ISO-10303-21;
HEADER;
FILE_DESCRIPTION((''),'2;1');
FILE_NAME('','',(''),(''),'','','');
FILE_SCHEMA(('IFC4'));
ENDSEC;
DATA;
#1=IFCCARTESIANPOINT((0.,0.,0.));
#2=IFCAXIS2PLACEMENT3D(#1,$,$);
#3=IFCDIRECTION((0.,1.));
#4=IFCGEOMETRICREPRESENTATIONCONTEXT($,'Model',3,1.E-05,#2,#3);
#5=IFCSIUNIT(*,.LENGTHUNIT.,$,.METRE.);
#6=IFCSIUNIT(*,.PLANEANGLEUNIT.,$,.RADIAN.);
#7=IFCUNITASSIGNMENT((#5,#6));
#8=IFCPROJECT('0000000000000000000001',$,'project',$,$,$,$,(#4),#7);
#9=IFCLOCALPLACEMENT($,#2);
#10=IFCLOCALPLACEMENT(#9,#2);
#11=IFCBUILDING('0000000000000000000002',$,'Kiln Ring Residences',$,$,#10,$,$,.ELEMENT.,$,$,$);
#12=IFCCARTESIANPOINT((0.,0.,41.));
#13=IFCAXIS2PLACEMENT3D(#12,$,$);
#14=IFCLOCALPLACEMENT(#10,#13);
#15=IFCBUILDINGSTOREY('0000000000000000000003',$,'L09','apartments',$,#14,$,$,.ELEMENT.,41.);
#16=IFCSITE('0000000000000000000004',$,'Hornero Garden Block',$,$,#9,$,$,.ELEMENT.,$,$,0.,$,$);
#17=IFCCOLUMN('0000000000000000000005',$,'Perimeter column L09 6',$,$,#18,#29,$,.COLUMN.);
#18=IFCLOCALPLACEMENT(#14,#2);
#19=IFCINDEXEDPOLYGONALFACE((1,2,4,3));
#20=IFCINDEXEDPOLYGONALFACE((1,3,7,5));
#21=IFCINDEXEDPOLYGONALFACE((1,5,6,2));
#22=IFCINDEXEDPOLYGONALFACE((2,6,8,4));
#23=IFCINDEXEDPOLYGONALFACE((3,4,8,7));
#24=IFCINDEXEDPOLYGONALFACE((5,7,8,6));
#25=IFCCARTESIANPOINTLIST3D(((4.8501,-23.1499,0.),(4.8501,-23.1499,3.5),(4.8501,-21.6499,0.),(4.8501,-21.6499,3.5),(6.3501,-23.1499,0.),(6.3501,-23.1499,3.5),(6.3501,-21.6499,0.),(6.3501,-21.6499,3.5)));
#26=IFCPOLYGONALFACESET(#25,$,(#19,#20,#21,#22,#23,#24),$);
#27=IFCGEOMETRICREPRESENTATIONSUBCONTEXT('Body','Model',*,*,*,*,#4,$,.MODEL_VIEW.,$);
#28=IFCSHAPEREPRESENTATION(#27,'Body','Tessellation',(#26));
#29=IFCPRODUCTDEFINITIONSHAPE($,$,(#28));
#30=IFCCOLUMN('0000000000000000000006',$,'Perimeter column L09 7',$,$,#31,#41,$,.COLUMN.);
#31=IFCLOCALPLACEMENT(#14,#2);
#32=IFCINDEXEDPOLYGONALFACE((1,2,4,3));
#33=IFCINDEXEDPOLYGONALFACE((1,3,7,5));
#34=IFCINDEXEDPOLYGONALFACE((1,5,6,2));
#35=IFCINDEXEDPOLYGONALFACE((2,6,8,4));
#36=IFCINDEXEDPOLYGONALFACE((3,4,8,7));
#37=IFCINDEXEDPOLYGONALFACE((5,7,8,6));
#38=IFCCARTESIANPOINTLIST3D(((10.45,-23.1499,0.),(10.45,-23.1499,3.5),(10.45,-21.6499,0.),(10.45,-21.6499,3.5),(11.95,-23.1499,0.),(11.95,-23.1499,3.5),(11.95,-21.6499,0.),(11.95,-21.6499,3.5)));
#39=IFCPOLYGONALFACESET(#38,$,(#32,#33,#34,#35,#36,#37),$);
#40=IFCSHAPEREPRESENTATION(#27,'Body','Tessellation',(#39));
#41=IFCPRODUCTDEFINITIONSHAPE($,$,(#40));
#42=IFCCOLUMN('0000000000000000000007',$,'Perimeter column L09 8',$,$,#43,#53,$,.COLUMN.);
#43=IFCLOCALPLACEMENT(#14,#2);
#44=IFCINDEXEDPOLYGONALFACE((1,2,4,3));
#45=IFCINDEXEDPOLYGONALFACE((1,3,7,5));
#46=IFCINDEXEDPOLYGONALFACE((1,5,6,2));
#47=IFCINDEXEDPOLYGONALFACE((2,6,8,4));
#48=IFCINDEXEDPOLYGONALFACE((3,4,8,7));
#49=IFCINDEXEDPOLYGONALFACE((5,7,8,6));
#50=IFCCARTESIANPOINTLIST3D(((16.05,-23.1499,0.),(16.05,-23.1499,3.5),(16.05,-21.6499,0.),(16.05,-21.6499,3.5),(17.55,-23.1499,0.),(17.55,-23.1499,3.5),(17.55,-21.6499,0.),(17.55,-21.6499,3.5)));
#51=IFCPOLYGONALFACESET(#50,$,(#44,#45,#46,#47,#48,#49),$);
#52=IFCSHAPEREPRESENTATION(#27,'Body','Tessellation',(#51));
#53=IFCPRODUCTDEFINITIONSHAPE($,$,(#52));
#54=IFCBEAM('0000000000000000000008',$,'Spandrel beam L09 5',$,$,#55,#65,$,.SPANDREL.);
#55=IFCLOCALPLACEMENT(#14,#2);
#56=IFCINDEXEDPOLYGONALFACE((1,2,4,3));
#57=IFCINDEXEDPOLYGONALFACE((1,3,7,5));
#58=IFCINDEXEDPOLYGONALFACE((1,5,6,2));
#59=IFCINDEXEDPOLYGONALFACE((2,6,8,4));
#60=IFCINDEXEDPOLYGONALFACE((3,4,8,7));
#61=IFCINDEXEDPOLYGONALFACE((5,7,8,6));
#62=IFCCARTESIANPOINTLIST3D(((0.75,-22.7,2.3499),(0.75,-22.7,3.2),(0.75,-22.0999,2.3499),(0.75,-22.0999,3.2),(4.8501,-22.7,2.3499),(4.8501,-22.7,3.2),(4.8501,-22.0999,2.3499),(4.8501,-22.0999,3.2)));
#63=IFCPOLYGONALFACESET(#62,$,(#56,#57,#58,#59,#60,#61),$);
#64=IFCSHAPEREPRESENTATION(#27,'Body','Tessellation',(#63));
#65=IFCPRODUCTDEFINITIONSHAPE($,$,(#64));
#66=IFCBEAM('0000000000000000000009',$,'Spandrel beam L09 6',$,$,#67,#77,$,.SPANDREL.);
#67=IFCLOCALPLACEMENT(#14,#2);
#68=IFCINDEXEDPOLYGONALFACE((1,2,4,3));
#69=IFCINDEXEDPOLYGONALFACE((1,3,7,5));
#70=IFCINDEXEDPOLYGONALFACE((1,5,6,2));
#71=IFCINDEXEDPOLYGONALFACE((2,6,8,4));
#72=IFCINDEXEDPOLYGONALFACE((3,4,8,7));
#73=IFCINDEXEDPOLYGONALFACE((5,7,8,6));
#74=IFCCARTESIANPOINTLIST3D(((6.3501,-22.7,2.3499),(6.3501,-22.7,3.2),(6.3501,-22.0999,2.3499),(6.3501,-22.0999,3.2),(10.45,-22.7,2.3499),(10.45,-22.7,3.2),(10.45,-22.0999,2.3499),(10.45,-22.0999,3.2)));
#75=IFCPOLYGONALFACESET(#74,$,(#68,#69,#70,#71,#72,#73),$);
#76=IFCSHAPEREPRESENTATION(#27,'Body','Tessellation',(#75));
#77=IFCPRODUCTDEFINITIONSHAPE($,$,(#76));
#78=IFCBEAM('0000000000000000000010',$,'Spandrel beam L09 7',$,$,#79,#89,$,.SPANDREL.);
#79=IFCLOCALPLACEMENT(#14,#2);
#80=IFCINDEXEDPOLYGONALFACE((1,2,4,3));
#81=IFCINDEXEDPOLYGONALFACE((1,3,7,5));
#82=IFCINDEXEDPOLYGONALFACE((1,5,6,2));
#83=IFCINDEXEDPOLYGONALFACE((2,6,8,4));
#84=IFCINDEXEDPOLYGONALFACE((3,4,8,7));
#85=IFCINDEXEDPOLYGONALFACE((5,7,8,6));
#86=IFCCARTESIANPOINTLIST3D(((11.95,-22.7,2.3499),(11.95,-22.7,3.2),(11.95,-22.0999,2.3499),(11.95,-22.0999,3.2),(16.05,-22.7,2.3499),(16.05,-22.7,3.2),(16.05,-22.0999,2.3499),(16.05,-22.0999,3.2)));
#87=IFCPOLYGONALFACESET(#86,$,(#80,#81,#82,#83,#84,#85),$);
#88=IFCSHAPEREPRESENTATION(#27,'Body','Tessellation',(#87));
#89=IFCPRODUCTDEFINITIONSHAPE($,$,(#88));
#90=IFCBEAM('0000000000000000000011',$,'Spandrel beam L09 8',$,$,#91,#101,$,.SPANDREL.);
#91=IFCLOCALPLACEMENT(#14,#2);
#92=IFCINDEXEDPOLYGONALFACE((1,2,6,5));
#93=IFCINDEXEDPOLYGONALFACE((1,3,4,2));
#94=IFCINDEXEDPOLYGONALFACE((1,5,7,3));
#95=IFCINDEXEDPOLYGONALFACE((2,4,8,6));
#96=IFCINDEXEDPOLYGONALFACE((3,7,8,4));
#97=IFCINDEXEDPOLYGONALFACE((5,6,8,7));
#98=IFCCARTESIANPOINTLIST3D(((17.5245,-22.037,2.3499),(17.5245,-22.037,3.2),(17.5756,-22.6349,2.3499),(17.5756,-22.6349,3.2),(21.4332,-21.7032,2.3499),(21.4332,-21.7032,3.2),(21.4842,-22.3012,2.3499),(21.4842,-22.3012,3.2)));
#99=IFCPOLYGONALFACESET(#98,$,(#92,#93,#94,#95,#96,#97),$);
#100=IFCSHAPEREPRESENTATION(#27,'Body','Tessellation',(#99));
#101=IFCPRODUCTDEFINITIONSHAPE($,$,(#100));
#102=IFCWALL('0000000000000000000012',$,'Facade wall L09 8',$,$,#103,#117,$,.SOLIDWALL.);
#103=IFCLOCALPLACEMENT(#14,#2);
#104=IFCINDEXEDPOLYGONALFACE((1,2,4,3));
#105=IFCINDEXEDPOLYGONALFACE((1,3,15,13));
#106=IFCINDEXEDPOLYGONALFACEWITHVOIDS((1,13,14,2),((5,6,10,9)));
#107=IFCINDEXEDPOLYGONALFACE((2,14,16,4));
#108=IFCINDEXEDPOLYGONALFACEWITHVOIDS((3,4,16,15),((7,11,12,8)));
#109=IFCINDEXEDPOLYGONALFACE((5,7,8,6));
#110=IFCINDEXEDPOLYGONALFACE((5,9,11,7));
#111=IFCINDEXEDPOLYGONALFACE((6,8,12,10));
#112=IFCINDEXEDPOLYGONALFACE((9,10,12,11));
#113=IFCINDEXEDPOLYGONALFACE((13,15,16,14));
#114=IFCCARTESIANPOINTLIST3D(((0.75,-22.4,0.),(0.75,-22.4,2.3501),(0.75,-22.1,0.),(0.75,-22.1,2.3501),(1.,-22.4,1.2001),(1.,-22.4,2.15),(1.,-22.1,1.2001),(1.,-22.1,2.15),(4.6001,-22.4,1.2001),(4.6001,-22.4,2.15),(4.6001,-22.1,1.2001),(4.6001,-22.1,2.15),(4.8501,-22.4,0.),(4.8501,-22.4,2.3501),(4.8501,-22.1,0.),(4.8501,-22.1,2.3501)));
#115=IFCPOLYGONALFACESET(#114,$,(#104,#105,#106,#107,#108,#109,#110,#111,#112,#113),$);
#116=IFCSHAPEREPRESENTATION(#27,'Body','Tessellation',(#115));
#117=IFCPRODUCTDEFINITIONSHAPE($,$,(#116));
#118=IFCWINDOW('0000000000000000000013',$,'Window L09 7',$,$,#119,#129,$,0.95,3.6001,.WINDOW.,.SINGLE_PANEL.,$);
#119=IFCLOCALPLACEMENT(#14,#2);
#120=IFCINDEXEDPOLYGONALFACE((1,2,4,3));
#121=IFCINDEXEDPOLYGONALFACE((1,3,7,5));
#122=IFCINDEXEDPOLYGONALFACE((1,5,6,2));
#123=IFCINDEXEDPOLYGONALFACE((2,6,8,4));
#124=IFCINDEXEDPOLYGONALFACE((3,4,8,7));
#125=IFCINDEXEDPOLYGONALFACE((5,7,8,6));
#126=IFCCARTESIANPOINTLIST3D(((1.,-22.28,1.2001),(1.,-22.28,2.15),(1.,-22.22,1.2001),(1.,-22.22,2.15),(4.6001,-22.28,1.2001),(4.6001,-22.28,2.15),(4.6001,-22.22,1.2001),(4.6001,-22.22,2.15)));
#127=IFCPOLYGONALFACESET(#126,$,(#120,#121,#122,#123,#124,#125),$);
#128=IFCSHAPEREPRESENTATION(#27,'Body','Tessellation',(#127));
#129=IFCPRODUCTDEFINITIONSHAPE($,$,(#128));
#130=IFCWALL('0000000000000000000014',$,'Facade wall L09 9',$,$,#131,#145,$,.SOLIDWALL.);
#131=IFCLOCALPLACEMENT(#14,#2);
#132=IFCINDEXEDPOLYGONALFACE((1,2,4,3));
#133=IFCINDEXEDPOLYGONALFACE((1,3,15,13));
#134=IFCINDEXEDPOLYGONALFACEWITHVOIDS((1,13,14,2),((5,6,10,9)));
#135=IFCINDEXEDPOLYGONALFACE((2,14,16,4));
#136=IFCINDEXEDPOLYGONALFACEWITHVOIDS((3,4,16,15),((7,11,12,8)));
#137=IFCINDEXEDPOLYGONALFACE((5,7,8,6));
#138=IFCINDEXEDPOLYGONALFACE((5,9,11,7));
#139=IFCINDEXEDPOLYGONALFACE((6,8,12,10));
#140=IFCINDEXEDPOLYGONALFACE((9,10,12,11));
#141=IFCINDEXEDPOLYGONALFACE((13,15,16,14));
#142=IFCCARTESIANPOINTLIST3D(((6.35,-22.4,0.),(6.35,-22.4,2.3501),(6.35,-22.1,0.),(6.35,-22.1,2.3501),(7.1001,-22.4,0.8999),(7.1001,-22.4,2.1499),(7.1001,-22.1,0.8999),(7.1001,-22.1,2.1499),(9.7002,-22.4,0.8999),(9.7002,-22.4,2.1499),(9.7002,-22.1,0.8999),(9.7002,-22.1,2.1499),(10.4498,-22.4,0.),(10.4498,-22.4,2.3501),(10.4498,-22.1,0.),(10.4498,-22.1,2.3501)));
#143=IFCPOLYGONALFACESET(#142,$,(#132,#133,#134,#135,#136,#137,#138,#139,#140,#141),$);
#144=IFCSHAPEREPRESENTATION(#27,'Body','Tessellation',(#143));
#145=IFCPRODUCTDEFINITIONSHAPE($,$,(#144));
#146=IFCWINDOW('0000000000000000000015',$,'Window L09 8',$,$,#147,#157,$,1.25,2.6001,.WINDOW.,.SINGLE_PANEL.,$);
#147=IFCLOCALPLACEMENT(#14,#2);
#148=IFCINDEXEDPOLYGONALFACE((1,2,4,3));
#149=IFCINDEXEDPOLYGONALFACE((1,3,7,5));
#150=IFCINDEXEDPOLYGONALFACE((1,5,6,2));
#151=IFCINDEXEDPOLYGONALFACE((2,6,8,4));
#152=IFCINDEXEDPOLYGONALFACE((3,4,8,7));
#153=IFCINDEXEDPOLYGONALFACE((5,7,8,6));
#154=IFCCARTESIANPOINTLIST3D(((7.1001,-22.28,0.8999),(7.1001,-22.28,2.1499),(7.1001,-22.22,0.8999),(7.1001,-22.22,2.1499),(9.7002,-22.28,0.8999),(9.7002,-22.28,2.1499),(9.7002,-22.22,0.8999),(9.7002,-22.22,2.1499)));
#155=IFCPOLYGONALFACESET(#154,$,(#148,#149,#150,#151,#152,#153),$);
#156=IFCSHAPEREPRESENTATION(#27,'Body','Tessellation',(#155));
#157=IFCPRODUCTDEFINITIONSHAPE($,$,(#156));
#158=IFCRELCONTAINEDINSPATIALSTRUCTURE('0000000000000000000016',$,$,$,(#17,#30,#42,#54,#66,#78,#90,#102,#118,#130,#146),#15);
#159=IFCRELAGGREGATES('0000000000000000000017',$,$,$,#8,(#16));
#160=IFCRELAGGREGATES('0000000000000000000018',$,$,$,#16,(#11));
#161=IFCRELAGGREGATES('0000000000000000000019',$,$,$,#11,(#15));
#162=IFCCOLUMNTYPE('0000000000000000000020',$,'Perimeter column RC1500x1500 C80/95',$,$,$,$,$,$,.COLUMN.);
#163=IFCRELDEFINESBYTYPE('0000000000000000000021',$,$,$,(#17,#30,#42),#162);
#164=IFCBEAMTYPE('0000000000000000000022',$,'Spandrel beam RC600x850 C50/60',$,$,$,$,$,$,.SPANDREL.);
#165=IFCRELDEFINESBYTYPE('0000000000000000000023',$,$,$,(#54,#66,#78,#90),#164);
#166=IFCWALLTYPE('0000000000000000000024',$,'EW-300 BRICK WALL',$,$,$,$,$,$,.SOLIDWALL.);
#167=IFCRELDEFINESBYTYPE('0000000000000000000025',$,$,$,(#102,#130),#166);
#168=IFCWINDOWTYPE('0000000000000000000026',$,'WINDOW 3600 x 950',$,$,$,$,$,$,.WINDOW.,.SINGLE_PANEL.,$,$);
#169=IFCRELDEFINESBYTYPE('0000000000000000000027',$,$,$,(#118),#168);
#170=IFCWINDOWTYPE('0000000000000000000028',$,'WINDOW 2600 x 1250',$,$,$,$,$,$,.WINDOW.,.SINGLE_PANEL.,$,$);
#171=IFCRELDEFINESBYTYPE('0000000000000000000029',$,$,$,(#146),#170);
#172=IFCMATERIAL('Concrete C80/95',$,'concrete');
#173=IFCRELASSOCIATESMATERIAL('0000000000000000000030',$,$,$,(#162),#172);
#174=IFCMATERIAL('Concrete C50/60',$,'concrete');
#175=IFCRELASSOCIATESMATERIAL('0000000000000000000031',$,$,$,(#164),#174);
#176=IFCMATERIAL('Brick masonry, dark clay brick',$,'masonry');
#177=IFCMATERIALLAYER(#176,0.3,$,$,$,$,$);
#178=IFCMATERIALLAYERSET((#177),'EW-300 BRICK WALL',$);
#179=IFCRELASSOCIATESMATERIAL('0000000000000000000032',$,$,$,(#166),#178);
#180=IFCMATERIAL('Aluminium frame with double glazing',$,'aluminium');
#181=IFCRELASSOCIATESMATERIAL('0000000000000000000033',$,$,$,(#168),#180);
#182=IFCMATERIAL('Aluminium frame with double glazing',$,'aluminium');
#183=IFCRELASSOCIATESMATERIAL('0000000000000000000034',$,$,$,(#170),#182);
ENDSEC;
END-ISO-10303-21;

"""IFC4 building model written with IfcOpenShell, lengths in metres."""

from ifc_helpers import new_model, si_unit, direction, frame, frame_2d, origin, origin_2d, place, context, subcontext, project, spatial, rectangle, extrude, material, layer, layer_set, material_profile, profile_set, type_object, element, fill, save


model = new_model("IFC4")

# Units and contexts
model_context = context("Model", 3, precision=1e-05, world=origin(), true_north=direction((0.0, 1.0)))
body_context = subcontext(model_context, "Body", "Model", "MODEL_VIEW")
ifc_project = project(units=[si_unit("LENGTHUNIT", "METRE"), si_unit("PLANEANGLEUNIT", "RADIAN")], contexts=[model_context])

# Site, building, storey
site_placement = place(None, origin())
site = spatial("IfcSite", under=ifc_project, at=site_placement, Name="Hornero Garden Block", CompositionType="ELEMENT", RefElevation=0.0)
building_placement = place(site_placement, origin())
building = spatial("IfcBuilding", under=site, at=building_placement, Name="Kiln Ring Residences", CompositionType="ELEMENT")
storey_placement = place(building_placement, frame((0.0, 0.0, 41.0)))
storey = spatial("IfcBuildingStorey", under=building, at=storey_placement, Name="L09", Description="apartments", CompositionType="ELEMENT", Elevation=41.0)

# Columns
ifc_material_1 = material(Name="Concrete C80/95", Category="concrete")
ifc_material_profile_1 = material_profile(ifc_material_1, rectangle(XDim=1.5, YDim=1.5, at=origin_2d()), Name="RC1500x1500")
ifc_profile_set_1 = profile_set([ifc_material_profile_1], Name="Concrete C80/95")
column_type = type_object("IfcColumnType", Name="Perimeter column RC1500x1500 C80/95", PredefinedType="COLUMN", material=ifc_profile_set_1)
for number, where, z_axis, x_axis, name in (
    (1, (5.6001, -22.3999, 0.0), (0.0, 0.0, 1.0), (1.0, 0.0, 0.0), "Perimeter column L09 6"),
    (2, (11.2, -22.3999, 0.0), (0.0, 0.0, 1.0), (1.0, 0.0, 0.0), "Perimeter column L09 7"),
    (3, (16.8, -22.3999, 0.0), (0.0, 0.0, 1.0), (1.0, 0.0, 0.0), "Perimeter column L09 8"),
):
    element("IfcColumn", number, at=place(storey_placement, frame(where, z_axis=z_axis, x_axis=x_axis)), inside=storey, type_object=column_type, Name=name, PredefinedType="COLUMN", context=body_context, shape_type="SweptSolid", body=[
        extrude(rectangle(XDim=1.5, YDim=1.5, at=origin_2d()), origin(), (0.0, 0.0, 1.0), 3.5),
    ])

# Beams
ifc_material_2 = material(Name="Concrete C50/60", Category="concrete")
ifc_material_profile_2 = material_profile(ifc_material_2, rectangle(XDim=0.6001, YDim=0.8501, at=origin_2d()), Name="RC600x850")
ifc_profile_set_2 = profile_set([ifc_material_profile_2], Name="Concrete C50/60")
beam_type = type_object("IfcBeamType", Name="Spandrel beam RC600x850 C50/60", PredefinedType="SPANDREL", material=ifc_profile_set_2)
beam_1_placement = place(storey_placement, frame((0.75, -22.3999, 2.7749), z_axis=(1.0, 0.0, 0.0), x_axis=(0.0, 1.0, 0.0)))
element("IfcBeam", 4, at=beam_1_placement, inside=storey, type_object=beam_type, Name="Spandrel beam L09 5", PredefinedType="SPANDREL", context=body_context, shape_type="SweptSolid", body=[
    extrude(rectangle(XDim=0.6001, YDim=0.8501, at=origin_2d()), origin(), (0.0, 0.0, 1.0), 4.1001),
])
beam_2_placement = place(storey_placement, frame((6.3501, -22.3999, 2.7749), z_axis=(1.0, 0.0, 0.0), x_axis=(0.0, 1.0, 0.0)))
element("IfcBeam", 5, at=beam_2_placement, inside=storey, type_object=beam_type, Name="Spandrel beam L09 6", PredefinedType="SPANDREL", context=body_context, shape_type="SweptSolid", body=[
    extrude(rectangle(XDim=0.6001, YDim=0.8501, at=origin_2d()), origin(), (0.0, 0.0, 1.0), 4.0999),
])
beam_3_placement = place(storey_placement, frame((11.95, -22.3999, 2.7749), z_axis=(1.0, 0.0, 0.0), x_axis=(0.0, 1.0, 0.0)))
element("IfcBeam", 6, at=beam_3_placement, inside=storey, type_object=beam_type, Name="Spandrel beam L09 7", PredefinedType="SPANDREL", context=body_context, shape_type="SweptSolid", body=[
    extrude(rectangle(XDim=0.6001, YDim=0.8501, at=origin_2d()), origin(), (0.0, 0.0, 1.0), 4.1001),
])
beam_4_placement = place(storey_placement, frame((17.55, -22.3359, 2.7749), z_axis=(0.996375, 0.085075, 0.0), x_axis=(-0.085075, 0.996375, 0.0)))
element("IfcBeam", 7, at=beam_4_placement, inside=storey, type_object=beam_type, Name="Spandrel beam L09 8", PredefinedType="SPANDREL", context=body_context, shape_type="SweptSolid", body=[
    extrude(rectangle(XDim=0.6001, YDim=0.8501, at=origin_2d()), origin(), (0.0, 0.0, 1.0), 3.9229),
])

# Walls, openings, windows
ifc_material_3 = material(Name="Brick masonry, dark clay brick", Category="masonry")
ifc_layer_1 = layer(ifc_material_3, 0.3)
ifc_layer_set_1 = layer_set([ifc_layer_1], Name="EW-300 BRICK WALL")
wall_type_1 = type_object("IfcWallType", Name="EW-300 BRICK WALL", PredefinedType="SOLIDWALL", material=ifc_layer_set_1)
wall_1_placement = place(storey_placement, frame((0.75, -22.25, 0.0), z_axis=(0.0, 0.0, 1.0), x_axis=(1.0, 0.0, 0.0)))
wall_1 = element("IfcWall", 8, at=wall_1_placement, inside=storey, type_object=wall_type_1, Name="Facade wall L09 8", PredefinedType="SOLIDWALL", context=body_context, shape_type="SweptSolid", body=[
    extrude(rectangle(XDim=4.1001, YDim=0.3, at=frame_2d((2.05, 0.0))), origin(), (0.0, 0.0, 1.0), 2.3501),
])
opening_1_placement = place(wall_1_placement, frame((0.25, 0.0, 1.2)))
opening_1 = element("IfcOpeningElement", 9, at=opening_1_placement, cuts=wall_1, PredefinedType="OPENING", context=body_context, shape_type="SweptSolid", body=[
    extrude(rectangle(XDim=3.6001, YDim=0.95, at=frame_2d((1.8, 0.4751))), frame((0.0, 0.1599, 0.0), z_axis=(0.0, -1.0, 0.0), x_axis=(1.0, 0.0, 0.0)), (0.0, 0.0, 1.0), 0.3201),
])
ifc_material_4 = material(Name="Aluminium frame with double glazing", Category="aluminium")
window_type_1 = type_object("IfcWindowType", Name="WINDOW 3600 x 950", PartitioningType="SINGLE_PANEL", PredefinedType="WINDOW", material=ifc_material_4)
window_1_placement = place(opening_1_placement, origin())
window_1 = element("IfcWindow", 10, at=window_1_placement, inside=storey, type_object=window_type_1, Name="Window L09 7", OverallHeight=0.95, OverallWidth=3.6001, PartitioningType="SINGLE_PANEL", PredefinedType="WINDOW", context=body_context, shape_type="SweptSolid", body=[
    extrude(rectangle(XDim=3.6001, YDim=0.95, at=frame_2d((1.8, 0.4751))), frame((0.0, 0.03, 0.0), z_axis=(0.0, -1.0, 0.0), x_axis=(1.0, 0.0, 0.0)), (0.0, 0.0, 1.0), 0.0601),
])
fill(opening_1, window_1)
wall_2_placement = place(storey_placement, frame((6.3501, -22.25, 0.0), z_axis=(0.0, 0.0, 1.0), x_axis=(1.0, 0.0, 0.0)))
wall_2 = element("IfcWall", 11, at=wall_2_placement, inside=storey, type_object=wall_type_1, Name="Facade wall L09 9", PredefinedType="SOLIDWALL", context=body_context, shape_type="SweptSolid", body=[
    extrude(rectangle(XDim=4.0999, YDim=0.3, at=frame_2d((2.0498, 0.0))), origin(), (0.0, 0.0, 1.0), 2.3501),
])
opening_2_placement = place(wall_2_placement, frame((0.75, 0.0, 0.8999)))
opening_2 = element("IfcOpeningElement", 12, at=opening_2_placement, cuts=wall_2, PredefinedType="OPENING", context=body_context, shape_type="SweptSolid", body=[
    extrude(rectangle(XDim=2.6001, YDim=1.25, at=frame_2d((1.3, 0.625))), frame((0.0, 0.1599, 0.0), z_axis=(0.0, -1.0, 0.0), x_axis=(1.0, 0.0, 0.0)), (0.0, 0.0, 1.0), 0.3201),
])
ifc_material_5 = material(Name="Aluminium frame with double glazing", Category="aluminium")
window_type_2 = type_object("IfcWindowType", Name="WINDOW 2600 x 1250", PartitioningType="SINGLE_PANEL", PredefinedType="WINDOW", material=ifc_material_5)
window_2_placement = place(opening_2_placement, origin())
window_2 = element("IfcWindow", 13, at=window_2_placement, inside=storey, type_object=window_type_2, Name="Window L09 8", OverallHeight=1.25, OverallWidth=2.6001, PartitioningType="SINGLE_PANEL", PredefinedType="WINDOW", context=body_context, shape_type="SweptSolid", body=[
    extrude(rectangle(XDim=2.6001, YDim=1.25, at=frame_2d((1.3, 0.625))), frame((0.0, 0.03, 0.0), z_axis=(0.0, -1.0, 0.0), x_axis=(1.0, 0.0, 0.0)), (0.0, 0.0, 1.0), 0.0601),
])
fill(opening_2, window_2)

save(model, "model.ifc")
